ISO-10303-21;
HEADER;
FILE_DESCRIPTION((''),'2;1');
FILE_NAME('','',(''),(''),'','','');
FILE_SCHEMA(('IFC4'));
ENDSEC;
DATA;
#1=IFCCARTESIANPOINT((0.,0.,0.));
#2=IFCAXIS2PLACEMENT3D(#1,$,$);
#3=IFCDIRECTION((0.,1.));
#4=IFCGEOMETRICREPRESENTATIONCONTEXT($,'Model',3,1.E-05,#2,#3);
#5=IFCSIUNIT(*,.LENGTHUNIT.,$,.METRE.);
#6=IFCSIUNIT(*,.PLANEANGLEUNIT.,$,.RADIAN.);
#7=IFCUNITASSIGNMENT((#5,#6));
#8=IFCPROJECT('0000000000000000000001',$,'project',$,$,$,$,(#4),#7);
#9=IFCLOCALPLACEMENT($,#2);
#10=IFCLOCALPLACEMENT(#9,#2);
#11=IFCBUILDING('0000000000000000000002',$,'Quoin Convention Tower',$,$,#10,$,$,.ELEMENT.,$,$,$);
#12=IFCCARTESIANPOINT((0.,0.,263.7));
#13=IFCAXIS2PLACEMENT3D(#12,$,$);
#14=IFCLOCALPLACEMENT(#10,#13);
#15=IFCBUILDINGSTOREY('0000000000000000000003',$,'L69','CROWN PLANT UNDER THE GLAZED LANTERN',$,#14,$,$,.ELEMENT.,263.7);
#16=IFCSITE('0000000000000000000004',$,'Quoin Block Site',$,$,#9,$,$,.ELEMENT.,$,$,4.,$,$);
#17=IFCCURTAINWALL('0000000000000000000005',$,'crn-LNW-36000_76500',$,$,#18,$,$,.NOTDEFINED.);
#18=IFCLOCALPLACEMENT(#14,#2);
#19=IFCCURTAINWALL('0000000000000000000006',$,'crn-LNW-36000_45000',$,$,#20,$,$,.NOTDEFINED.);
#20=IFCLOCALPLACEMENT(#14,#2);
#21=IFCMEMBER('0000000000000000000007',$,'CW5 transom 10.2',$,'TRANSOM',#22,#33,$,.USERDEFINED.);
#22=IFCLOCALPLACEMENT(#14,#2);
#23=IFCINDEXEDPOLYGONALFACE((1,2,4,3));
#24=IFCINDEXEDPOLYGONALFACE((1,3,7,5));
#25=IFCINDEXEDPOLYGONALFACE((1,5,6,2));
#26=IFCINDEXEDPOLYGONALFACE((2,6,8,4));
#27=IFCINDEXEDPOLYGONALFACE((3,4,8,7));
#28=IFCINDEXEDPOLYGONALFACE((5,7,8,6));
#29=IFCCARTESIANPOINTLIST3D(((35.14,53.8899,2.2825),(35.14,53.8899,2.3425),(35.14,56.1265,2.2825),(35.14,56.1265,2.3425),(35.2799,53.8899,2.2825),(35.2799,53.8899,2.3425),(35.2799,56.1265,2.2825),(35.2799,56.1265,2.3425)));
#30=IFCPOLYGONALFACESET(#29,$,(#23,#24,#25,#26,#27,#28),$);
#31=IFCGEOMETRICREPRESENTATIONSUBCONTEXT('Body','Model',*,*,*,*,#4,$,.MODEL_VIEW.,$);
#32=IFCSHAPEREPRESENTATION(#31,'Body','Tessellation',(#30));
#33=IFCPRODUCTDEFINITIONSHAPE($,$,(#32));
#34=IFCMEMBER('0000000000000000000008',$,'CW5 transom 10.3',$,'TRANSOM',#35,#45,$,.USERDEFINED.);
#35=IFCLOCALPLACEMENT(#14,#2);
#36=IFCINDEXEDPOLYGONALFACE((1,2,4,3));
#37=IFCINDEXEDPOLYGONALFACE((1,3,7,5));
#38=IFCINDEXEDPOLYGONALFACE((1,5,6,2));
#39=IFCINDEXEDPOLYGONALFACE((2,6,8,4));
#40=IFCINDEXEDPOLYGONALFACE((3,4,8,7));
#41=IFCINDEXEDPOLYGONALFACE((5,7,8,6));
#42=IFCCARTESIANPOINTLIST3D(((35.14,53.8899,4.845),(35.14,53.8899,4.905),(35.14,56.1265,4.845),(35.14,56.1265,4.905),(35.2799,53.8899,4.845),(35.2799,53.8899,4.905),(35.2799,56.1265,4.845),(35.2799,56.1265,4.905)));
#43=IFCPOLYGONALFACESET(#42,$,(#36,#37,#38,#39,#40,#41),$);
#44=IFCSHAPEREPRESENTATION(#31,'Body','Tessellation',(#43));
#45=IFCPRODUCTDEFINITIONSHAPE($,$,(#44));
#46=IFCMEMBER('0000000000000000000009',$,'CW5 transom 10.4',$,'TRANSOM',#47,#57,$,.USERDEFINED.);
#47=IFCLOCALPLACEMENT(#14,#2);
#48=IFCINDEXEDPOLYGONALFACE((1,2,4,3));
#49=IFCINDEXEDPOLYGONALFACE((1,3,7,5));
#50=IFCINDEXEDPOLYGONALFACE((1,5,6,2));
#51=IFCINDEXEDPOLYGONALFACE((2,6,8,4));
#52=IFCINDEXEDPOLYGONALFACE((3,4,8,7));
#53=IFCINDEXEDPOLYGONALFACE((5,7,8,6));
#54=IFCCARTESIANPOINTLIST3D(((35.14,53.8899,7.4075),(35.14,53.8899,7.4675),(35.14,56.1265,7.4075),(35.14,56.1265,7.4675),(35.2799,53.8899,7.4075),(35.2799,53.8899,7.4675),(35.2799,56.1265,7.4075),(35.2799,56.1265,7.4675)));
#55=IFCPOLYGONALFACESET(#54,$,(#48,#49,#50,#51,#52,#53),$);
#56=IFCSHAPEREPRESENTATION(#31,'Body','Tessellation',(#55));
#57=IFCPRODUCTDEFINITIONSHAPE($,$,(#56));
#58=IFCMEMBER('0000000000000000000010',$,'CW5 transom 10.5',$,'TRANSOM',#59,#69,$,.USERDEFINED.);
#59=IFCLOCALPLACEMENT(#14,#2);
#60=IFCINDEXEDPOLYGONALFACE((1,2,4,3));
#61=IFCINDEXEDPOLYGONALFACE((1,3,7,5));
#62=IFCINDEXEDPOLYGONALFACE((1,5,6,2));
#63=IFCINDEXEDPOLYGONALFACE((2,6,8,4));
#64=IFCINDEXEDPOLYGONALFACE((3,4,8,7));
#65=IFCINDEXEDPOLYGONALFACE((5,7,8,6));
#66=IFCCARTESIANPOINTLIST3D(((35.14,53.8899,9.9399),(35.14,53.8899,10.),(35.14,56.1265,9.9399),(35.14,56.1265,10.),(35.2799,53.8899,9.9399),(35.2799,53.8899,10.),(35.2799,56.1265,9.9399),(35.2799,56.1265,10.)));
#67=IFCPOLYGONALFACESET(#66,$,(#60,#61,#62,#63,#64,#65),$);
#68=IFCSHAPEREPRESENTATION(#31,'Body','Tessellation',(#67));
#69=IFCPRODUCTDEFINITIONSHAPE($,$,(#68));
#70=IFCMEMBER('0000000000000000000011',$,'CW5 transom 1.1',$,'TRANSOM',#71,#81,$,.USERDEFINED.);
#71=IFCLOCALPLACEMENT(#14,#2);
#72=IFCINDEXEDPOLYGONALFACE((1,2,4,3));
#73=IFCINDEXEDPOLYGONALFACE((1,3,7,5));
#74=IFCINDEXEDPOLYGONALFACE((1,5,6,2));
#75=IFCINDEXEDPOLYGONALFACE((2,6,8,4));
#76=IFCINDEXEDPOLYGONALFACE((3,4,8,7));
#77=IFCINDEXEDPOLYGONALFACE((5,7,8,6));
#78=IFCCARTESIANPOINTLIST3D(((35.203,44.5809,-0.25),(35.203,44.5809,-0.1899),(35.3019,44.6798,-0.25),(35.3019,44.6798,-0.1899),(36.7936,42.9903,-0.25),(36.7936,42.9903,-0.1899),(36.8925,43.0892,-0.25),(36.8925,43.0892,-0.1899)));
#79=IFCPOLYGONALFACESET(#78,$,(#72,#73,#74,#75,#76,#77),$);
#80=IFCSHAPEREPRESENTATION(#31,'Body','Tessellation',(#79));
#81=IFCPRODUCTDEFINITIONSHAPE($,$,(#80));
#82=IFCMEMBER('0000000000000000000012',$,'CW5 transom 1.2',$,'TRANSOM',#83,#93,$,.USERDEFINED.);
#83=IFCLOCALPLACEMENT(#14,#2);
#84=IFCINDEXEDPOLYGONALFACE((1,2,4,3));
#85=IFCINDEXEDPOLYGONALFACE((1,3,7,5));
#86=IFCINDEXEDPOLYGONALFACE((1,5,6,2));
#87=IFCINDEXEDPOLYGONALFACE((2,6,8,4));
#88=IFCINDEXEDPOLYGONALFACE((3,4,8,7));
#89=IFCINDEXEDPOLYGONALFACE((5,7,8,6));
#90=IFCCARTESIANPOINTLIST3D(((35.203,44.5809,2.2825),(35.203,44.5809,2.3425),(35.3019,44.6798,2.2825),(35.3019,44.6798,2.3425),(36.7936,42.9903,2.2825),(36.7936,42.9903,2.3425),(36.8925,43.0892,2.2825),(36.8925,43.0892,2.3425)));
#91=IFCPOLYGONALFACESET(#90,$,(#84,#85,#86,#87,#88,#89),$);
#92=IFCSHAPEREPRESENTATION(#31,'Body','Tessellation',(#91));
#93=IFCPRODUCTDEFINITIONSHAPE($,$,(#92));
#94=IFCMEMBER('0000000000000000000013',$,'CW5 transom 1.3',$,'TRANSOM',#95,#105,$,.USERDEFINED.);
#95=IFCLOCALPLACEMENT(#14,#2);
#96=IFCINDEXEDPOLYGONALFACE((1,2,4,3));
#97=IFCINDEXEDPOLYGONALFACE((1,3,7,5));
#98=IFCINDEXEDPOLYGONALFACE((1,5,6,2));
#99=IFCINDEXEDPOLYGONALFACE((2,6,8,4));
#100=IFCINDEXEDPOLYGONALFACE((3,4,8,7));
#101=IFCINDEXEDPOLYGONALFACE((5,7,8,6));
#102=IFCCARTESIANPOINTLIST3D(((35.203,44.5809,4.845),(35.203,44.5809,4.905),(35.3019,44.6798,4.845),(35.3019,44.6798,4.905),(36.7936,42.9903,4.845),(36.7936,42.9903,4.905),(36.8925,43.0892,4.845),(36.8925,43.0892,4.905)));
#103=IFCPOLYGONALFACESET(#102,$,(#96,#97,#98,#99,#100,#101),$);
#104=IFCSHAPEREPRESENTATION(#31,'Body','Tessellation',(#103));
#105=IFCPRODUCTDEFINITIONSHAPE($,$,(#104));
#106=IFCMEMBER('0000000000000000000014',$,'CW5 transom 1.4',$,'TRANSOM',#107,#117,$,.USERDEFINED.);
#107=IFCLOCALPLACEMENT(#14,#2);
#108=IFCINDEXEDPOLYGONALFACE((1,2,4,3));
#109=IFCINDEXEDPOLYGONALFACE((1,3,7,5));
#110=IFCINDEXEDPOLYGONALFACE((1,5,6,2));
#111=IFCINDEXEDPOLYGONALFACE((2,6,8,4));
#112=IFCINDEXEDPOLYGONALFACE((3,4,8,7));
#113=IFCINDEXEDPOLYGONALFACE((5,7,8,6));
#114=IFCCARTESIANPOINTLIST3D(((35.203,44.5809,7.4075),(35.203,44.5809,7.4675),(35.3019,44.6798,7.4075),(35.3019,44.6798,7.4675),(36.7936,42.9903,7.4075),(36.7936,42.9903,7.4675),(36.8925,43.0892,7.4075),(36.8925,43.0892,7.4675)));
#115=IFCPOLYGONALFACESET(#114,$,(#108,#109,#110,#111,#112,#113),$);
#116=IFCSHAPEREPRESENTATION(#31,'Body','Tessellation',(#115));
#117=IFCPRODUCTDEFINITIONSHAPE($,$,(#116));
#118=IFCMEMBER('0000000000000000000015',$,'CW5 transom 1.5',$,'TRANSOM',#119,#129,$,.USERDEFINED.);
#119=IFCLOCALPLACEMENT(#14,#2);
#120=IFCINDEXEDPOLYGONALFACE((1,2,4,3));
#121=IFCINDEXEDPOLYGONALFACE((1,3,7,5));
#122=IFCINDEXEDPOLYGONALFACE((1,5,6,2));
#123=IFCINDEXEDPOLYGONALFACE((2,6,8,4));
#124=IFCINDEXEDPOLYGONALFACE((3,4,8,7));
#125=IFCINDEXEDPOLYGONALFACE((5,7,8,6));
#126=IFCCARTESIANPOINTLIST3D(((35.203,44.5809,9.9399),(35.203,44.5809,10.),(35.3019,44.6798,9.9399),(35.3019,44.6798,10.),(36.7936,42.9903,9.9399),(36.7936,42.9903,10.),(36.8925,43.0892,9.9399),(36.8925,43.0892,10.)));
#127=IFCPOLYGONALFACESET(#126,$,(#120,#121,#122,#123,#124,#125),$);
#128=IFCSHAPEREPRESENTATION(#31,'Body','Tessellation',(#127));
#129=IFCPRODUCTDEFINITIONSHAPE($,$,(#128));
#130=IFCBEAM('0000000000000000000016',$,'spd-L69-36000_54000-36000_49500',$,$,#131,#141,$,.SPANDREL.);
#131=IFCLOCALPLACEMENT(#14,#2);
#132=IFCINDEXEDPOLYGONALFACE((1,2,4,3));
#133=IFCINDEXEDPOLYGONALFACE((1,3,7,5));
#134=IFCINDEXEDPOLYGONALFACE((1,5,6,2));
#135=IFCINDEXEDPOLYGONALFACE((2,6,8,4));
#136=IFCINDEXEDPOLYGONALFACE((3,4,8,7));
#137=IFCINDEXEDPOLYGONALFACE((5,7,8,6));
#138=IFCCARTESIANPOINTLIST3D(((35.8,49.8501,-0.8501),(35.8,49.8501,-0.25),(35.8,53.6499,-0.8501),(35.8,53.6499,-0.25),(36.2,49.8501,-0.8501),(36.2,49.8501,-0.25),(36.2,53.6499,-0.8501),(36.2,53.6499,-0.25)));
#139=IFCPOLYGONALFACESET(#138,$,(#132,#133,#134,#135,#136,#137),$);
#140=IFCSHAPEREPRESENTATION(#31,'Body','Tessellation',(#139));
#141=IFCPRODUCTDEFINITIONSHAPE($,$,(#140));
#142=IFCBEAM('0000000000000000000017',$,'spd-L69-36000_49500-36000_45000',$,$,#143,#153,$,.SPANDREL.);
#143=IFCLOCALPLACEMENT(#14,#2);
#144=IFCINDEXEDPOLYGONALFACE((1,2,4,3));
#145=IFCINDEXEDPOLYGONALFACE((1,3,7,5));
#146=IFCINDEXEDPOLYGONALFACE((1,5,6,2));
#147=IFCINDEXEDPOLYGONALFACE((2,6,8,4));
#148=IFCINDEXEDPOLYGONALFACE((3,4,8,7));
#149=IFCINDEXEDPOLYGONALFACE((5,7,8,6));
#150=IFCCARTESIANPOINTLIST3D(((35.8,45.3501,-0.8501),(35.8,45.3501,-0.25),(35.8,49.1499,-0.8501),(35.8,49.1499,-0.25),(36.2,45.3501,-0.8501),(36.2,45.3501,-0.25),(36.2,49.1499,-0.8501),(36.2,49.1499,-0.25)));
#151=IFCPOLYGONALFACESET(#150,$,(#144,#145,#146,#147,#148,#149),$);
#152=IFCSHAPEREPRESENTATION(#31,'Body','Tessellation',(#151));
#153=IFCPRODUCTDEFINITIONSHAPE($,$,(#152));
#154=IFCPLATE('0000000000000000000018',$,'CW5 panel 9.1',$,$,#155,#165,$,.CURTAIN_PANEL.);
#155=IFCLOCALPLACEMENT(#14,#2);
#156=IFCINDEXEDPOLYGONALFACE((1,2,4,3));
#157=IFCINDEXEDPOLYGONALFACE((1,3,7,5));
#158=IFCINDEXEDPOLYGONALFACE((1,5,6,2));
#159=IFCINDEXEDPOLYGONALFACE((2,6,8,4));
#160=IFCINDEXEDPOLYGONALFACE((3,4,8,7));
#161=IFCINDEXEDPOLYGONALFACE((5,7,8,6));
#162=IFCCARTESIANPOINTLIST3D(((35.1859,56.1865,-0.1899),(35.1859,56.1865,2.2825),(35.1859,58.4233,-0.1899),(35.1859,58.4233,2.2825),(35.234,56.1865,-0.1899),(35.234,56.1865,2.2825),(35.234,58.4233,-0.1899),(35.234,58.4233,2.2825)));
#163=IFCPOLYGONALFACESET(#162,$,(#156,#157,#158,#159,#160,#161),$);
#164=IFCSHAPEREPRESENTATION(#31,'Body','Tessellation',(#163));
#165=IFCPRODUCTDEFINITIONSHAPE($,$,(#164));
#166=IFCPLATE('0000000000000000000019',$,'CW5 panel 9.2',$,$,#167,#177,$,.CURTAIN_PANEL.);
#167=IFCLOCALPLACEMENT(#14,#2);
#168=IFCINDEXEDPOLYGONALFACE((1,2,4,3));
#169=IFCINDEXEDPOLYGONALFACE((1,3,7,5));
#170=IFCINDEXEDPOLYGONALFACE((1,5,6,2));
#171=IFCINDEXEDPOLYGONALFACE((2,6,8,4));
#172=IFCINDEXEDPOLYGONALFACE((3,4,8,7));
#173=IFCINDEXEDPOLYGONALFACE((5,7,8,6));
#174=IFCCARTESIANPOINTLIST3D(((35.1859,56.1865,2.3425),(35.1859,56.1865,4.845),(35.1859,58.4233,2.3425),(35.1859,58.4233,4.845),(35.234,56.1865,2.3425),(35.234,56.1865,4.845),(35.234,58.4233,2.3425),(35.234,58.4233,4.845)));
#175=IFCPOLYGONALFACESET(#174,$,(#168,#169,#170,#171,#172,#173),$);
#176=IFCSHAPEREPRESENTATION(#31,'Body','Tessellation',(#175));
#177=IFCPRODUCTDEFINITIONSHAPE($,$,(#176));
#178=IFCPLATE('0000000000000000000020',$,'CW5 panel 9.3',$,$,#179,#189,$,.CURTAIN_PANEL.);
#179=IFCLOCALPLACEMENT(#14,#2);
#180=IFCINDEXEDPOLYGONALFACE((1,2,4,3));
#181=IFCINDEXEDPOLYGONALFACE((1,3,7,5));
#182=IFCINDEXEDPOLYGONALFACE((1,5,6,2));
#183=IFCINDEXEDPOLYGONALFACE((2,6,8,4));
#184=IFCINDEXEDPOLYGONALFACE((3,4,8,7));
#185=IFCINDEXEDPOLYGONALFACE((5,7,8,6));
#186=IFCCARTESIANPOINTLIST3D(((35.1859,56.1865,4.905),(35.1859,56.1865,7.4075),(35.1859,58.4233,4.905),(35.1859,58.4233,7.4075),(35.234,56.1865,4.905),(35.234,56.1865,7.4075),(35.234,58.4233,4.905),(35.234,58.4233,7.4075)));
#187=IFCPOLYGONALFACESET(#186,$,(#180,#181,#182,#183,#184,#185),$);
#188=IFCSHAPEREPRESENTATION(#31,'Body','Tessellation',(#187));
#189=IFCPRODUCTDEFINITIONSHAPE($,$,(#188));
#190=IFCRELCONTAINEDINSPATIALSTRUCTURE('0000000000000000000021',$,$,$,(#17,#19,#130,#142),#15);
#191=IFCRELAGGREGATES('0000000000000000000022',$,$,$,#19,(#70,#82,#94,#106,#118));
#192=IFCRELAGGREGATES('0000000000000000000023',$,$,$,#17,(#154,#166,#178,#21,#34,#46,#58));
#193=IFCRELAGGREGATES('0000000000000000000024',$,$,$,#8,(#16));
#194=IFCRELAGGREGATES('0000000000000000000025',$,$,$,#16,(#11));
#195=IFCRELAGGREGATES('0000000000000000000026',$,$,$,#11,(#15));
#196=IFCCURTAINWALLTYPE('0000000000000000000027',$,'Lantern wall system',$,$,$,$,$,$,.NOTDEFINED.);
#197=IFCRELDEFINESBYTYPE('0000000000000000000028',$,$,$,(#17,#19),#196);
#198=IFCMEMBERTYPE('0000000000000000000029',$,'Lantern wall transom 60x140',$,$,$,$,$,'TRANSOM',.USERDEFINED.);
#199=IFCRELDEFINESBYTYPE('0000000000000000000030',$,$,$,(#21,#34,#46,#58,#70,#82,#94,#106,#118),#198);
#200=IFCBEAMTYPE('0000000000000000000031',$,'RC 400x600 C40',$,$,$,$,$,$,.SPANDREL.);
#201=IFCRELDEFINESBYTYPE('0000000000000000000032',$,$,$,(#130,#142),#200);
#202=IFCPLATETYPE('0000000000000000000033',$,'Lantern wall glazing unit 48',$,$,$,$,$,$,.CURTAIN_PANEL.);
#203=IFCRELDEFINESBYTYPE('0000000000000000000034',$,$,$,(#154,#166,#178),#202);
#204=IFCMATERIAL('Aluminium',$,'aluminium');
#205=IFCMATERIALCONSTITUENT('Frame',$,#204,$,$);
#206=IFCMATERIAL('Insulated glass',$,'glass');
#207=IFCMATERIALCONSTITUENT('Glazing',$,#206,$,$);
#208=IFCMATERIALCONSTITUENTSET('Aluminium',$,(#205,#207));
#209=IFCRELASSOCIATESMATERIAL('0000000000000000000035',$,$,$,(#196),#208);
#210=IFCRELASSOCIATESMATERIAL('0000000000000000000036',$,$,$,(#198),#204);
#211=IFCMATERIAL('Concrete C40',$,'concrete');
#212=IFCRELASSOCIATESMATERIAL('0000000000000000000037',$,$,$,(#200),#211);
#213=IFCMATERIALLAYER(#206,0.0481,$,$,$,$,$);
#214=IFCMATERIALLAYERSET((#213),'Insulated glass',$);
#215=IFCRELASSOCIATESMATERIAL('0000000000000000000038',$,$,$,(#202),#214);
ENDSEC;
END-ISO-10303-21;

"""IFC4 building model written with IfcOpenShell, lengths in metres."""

from ifc_helpers import new_model, si_unit, direction, frame, origin, origin_2d, place, context, subcontext, project, spatial, rectangle, extrude, material, layer, layer_set, constituent, constituent_set, material_profile, profile_set, type_object, element, aggregate, save


model = new_model("IFC4")

# Units and contexts
model_context = context("Model", 3, precision=1e-05, world=origin(), true_north=direction((0.0, 1.0)))
body_context = subcontext(model_context, "Body", "Model", "MODEL_VIEW")
ifc_project = project(units=[si_unit("LENGTHUNIT", "METRE"), si_unit("PLANEANGLEUNIT", "RADIAN")], contexts=[model_context])

# Site, building, storey
site_placement = place(None, origin())
site = spatial("IfcSite", under=ifc_project, at=site_placement, Name="Quoin Block Site", CompositionType="ELEMENT", RefElevation=4.0)
building_placement = place(site_placement, origin())
building = spatial("IfcBuilding", under=site, at=building_placement, Name="Quoin Convention Tower", CompositionType="ELEMENT")
storey_placement = place(building_placement, frame((0.0, 0.0, 263.7)))
storey = spatial("IfcBuildingStorey", under=building, at=storey_placement, Name="L69", Description="CROWN PLANT UNDER THE GLAZED LANTERN", CompositionType="ELEMENT", Elevation=263.7)

# Shared definitions
ifc_material_1 = material(Name="Concrete C40", Category="concrete")

# Curtain walls
ifc_material_2 = material(Name="Aluminium", Category="aluminium")
ifc_constituent_1 = constituent(ifc_material_2, Name="Frame")
ifc_material_3 = material(Name="Insulated glass", Category="glass")
ifc_constituent_2 = constituent(ifc_material_3, Name="Glazing")
ifc_constituent_set = constituent_set(constituents=[ifc_constituent_1, ifc_constituent_2], Name="Aluminium")
curtain_wall_type = type_object("IfcCurtainWallType", Name="Lantern wall system", PredefinedType="NOTDEFINED", material=ifc_constituent_set)
curtain_wall_1_placement = place(storey_placement, origin())
curtain_wall_1 = element("IfcCurtainWall", 1, at=curtain_wall_1_placement, inside=storey, type_object=curtain_wall_type, Name="crn-LNW-36000_76500", PredefinedType="NOTDEFINED")
curtain_wall_2_placement = place(storey_placement, origin())
curtain_wall_2 = element("IfcCurtainWall", 2, at=curtain_wall_2_placement, inside=storey, type_object=curtain_wall_type, Name="crn-LNW-36000_45000", PredefinedType="NOTDEFINED")

# Members
ifc_material_profile_1 = material_profile(ifc_material_2, rectangle(XDim=0.1399, YDim=0.0601, at=origin_2d()), Name="Lantern wall transom 60x140")
ifc_profile_set_1 = profile_set([ifc_material_profile_1], Name="Aluminium")
member_type_1 = type_object("IfcMemberType", Name="Lantern wall transom 60x140", ElementType="TRANSOM", PredefinedType="USERDEFINED", material=ifc_profile_set_1)
member_1_placement = place(storey_placement, frame((35.21, 56.1265, 2.3125), z_axis=(0.0, -1.0, 0.0), x_axis=(1.0, 0.0, 0.0)))
member_1 = element("IfcMember", 3, at=member_1_placement, type_object=member_type_1, Name="CW5 transom 10.2", ObjectType="TRANSOM", PredefinedType="USERDEFINED", context=body_context, shape_type="SweptSolid", body=[
    extrude(rectangle(XDim=0.1399, YDim=0.0601, at=origin_2d()), origin(), (0.0, 0.0, 1.0), 2.2366),
])
member_2_placement = place(storey_placement, frame((35.21, 56.1265, 4.875), z_axis=(0.0, -1.0, 0.0), x_axis=(1.0, 0.0, 0.0)))
member_2 = element("IfcMember", 4, at=member_2_placement, type_object=member_type_1, Name="CW5 transom 10.3", ObjectType="TRANSOM", PredefinedType="USERDEFINED", context=body_context, shape_type="SweptSolid", body=[
    extrude(rectangle(XDim=0.1399, YDim=0.0601, at=origin_2d()), origin(), (0.0, 0.0, 1.0), 2.2366),
])
member_3_placement = place(storey_placement, frame((35.21, 56.1265, 7.4375), z_axis=(0.0, -1.0, 0.0), x_axis=(1.0, 0.0, 0.0)))
member_3 = element("IfcMember", 5, at=member_3_placement, type_object=member_type_1, Name="CW5 transom 10.4", ObjectType="TRANSOM", PredefinedType="USERDEFINED", context=body_context, shape_type="SweptSolid", body=[
    extrude(rectangle(XDim=0.1399, YDim=0.0601, at=origin_2d()), origin(), (0.0, 0.0, 1.0), 2.2366),
])
member_4_placement = place(storey_placement, frame((35.21, 56.1265, 9.97), z_axis=(0.0, -1.0, 0.0), x_axis=(1.0, 0.0, 0.0)))
member_4 = element("IfcMember", 6, at=member_4_placement, type_object=member_type_1, Name="CW5 transom 10.5", ObjectType="TRANSOM", PredefinedType="USERDEFINED", context=body_context, shape_type="SweptSolid", body=[
    extrude(rectangle(XDim=0.1399, YDim=0.0601, at=origin_2d()), origin(), (0.0, 0.0, 1.0), 2.2366),
])
member_5_placement = place(storey_placement, frame((35.2524, 44.6304, -0.22), z_axis=(0.707107, -0.707107, 0.0), x_axis=(0.707107, 0.707107, 0.0)))
member_5 = element("IfcMember", 7, at=member_5_placement, type_object=member_type_1, Name="CW5 transom 1.1", ObjectType="TRANSOM", PredefinedType="USERDEFINED", context=body_context, shape_type="SweptSolid", body=[
    extrude(rectangle(XDim=0.1399, YDim=0.0601, at=origin_2d()), origin(), (0.0, 0.0, 1.0), 2.2495),
])
member_6_placement = place(storey_placement, frame((35.2524, 44.6304, 2.3125), z_axis=(0.707107, -0.707107, 0.0), x_axis=(0.707107, 0.707107, 0.0)))
member_6 = element("IfcMember", 8, at=member_6_placement, type_object=member_type_1, Name="CW5 transom 1.2", ObjectType="TRANSOM", PredefinedType="USERDEFINED", context=body_context, shape_type="SweptSolid", body=[
    extrude(rectangle(XDim=0.1399, YDim=0.0601, at=origin_2d()), origin(), (0.0, 0.0, 1.0), 2.2495),
])
member_7_placement = place(storey_placement, frame((35.2524, 44.6304, 4.875), z_axis=(0.707107, -0.707107, 0.0), x_axis=(0.707107, 0.707107, 0.0)))
member_7 = element("IfcMember", 9, at=member_7_placement, type_object=member_type_1, Name="CW5 transom 1.3", ObjectType="TRANSOM", PredefinedType="USERDEFINED", context=body_context, shape_type="SweptSolid", body=[
    extrude(rectangle(XDim=0.1399, YDim=0.0601, at=origin_2d()), origin(), (0.0, 0.0, 1.0), 2.2495),
])
member_8_placement = place(storey_placement, frame((35.2524, 44.6304, 7.4375), z_axis=(0.707107, -0.707107, 0.0), x_axis=(0.707107, 0.707107, 0.0)))
member_8 = element("IfcMember", 10, at=member_8_placement, type_object=member_type_1, Name="CW5 transom 1.4", ObjectType="TRANSOM", PredefinedType="USERDEFINED", context=body_context, shape_type="SweptSolid", body=[
    extrude(rectangle(XDim=0.1399, YDim=0.0601, at=origin_2d()), origin(), (0.0, 0.0, 1.0), 2.2495),
])
member_9_placement = place(storey_placement, frame((35.2524, 44.6304, 9.97), z_axis=(0.707107, -0.707107, 0.0), x_axis=(0.707107, 0.707107, 0.0)))
member_9 = element("IfcMember", 11, at=member_9_placement, type_object=member_type_1, Name="CW5 transom 1.5", ObjectType="TRANSOM", PredefinedType="USERDEFINED", context=body_context, shape_type="SweptSolid", body=[
    extrude(rectangle(XDim=0.1399, YDim=0.0601, at=origin_2d()), origin(), (0.0, 0.0, 1.0), 2.2495),
])
aggregate(curtain_wall_2, [member_5, member_6, member_7, member_8, member_9])

# Beams
ifc_material_profile_2 = material_profile(ifc_material_1, rectangle(XDim=0.3999, YDim=0.6001, at=origin_2d()), Name="RC 400x600")
ifc_profile_set_2 = profile_set([ifc_material_profile_2], Name="Concrete C40")
beam_type = type_object("IfcBeamType", Name="RC 400x600 C40", PredefinedType="SPANDREL", material=ifc_profile_set_2)
for number, where, z_axis, x_axis, name in (
    (12, (36.0, 53.6499, -0.55), (0.0, -1.0, 0.0), (1.0, 0.0, 0.0), "spd-L69-36000_54000-36000_49500"),
    (13, (36.0, 49.1499, -0.55), (0.0, -1.0, 0.0), (1.0, 0.0, 0.0), "spd-L69-36000_49500-36000_45000"),
):
    element("IfcBeam", number, at=place(storey_placement, frame(where, z_axis=z_axis, x_axis=x_axis)), inside=storey, type_object=beam_type, Name=name, PredefinedType="SPANDREL", context=body_context, shape_type="SweptSolid", body=[
        extrude(rectangle(XDim=0.3999, YDim=0.6001, at=origin_2d()), origin(), (0.0, 0.0, 1.0), 3.7998),
    ])

# Plates
ifc_layer_1 = layer(ifc_material_3, 0.0481)
ifc_layer_set_1 = layer_set([ifc_layer_1], Name="Insulated glass")
plate_type = type_object("IfcPlateType", Name="Lantern wall glazing unit 48", PredefinedType="CURTAIN_PANEL", material=ifc_layer_set_1)
plate_1_placement = place(storey_placement, frame((35.21, 57.3049, -0.1899), z_axis=(0.0, 0.0, 1.0), x_axis=(0.0, -1.0, 0.0)))
plate_1 = element("IfcPlate", 14, at=plate_1_placement, type_object=plate_type, Name="CW5 panel 9.1", PredefinedType="CURTAIN_PANEL", context=body_context, shape_type="SweptSolid", body=[
    extrude(rectangle(XDim=2.2368, YDim=0.0481, at=origin_2d()), origin(), (0.0, 0.0, 1.0), 2.4724),
])
plate_2_placement = place(storey_placement, frame((35.21, 57.3049, 2.3425), z_axis=(0.0, 0.0, 1.0), x_axis=(0.0, -1.0, 0.0)))
plate_2 = element("IfcPlate", 15, at=plate_2_placement, type_object=plate_type, Name="CW5 panel 9.2", PredefinedType="CURTAIN_PANEL", context=body_context, shape_type="SweptSolid", body=[
    extrude(rectangle(XDim=2.2368, YDim=0.0481, at=origin_2d()), origin(), (0.0, 0.0, 1.0), 2.5024),
])
plate_3_placement = place(storey_placement, frame((35.21, 57.3049, 4.905), z_axis=(0.0, 0.0, 1.0), x_axis=(0.0, -1.0, 0.0)))
plate_3 = element("IfcPlate", 16, at=plate_3_placement, type_object=plate_type, Name="CW5 panel 9.3", PredefinedType="CURTAIN_PANEL", context=body_context, shape_type="SweptSolid", body=[
    extrude(rectangle(XDim=2.2368, YDim=0.0481, at=origin_2d()), origin(), (0.0, 0.0, 1.0), 2.5024),
])
aggregate(curtain_wall_1, [plate_1, plate_2, plate_3, member_1, member_2, member_3, member_4])

save(model, "model.ifc")
